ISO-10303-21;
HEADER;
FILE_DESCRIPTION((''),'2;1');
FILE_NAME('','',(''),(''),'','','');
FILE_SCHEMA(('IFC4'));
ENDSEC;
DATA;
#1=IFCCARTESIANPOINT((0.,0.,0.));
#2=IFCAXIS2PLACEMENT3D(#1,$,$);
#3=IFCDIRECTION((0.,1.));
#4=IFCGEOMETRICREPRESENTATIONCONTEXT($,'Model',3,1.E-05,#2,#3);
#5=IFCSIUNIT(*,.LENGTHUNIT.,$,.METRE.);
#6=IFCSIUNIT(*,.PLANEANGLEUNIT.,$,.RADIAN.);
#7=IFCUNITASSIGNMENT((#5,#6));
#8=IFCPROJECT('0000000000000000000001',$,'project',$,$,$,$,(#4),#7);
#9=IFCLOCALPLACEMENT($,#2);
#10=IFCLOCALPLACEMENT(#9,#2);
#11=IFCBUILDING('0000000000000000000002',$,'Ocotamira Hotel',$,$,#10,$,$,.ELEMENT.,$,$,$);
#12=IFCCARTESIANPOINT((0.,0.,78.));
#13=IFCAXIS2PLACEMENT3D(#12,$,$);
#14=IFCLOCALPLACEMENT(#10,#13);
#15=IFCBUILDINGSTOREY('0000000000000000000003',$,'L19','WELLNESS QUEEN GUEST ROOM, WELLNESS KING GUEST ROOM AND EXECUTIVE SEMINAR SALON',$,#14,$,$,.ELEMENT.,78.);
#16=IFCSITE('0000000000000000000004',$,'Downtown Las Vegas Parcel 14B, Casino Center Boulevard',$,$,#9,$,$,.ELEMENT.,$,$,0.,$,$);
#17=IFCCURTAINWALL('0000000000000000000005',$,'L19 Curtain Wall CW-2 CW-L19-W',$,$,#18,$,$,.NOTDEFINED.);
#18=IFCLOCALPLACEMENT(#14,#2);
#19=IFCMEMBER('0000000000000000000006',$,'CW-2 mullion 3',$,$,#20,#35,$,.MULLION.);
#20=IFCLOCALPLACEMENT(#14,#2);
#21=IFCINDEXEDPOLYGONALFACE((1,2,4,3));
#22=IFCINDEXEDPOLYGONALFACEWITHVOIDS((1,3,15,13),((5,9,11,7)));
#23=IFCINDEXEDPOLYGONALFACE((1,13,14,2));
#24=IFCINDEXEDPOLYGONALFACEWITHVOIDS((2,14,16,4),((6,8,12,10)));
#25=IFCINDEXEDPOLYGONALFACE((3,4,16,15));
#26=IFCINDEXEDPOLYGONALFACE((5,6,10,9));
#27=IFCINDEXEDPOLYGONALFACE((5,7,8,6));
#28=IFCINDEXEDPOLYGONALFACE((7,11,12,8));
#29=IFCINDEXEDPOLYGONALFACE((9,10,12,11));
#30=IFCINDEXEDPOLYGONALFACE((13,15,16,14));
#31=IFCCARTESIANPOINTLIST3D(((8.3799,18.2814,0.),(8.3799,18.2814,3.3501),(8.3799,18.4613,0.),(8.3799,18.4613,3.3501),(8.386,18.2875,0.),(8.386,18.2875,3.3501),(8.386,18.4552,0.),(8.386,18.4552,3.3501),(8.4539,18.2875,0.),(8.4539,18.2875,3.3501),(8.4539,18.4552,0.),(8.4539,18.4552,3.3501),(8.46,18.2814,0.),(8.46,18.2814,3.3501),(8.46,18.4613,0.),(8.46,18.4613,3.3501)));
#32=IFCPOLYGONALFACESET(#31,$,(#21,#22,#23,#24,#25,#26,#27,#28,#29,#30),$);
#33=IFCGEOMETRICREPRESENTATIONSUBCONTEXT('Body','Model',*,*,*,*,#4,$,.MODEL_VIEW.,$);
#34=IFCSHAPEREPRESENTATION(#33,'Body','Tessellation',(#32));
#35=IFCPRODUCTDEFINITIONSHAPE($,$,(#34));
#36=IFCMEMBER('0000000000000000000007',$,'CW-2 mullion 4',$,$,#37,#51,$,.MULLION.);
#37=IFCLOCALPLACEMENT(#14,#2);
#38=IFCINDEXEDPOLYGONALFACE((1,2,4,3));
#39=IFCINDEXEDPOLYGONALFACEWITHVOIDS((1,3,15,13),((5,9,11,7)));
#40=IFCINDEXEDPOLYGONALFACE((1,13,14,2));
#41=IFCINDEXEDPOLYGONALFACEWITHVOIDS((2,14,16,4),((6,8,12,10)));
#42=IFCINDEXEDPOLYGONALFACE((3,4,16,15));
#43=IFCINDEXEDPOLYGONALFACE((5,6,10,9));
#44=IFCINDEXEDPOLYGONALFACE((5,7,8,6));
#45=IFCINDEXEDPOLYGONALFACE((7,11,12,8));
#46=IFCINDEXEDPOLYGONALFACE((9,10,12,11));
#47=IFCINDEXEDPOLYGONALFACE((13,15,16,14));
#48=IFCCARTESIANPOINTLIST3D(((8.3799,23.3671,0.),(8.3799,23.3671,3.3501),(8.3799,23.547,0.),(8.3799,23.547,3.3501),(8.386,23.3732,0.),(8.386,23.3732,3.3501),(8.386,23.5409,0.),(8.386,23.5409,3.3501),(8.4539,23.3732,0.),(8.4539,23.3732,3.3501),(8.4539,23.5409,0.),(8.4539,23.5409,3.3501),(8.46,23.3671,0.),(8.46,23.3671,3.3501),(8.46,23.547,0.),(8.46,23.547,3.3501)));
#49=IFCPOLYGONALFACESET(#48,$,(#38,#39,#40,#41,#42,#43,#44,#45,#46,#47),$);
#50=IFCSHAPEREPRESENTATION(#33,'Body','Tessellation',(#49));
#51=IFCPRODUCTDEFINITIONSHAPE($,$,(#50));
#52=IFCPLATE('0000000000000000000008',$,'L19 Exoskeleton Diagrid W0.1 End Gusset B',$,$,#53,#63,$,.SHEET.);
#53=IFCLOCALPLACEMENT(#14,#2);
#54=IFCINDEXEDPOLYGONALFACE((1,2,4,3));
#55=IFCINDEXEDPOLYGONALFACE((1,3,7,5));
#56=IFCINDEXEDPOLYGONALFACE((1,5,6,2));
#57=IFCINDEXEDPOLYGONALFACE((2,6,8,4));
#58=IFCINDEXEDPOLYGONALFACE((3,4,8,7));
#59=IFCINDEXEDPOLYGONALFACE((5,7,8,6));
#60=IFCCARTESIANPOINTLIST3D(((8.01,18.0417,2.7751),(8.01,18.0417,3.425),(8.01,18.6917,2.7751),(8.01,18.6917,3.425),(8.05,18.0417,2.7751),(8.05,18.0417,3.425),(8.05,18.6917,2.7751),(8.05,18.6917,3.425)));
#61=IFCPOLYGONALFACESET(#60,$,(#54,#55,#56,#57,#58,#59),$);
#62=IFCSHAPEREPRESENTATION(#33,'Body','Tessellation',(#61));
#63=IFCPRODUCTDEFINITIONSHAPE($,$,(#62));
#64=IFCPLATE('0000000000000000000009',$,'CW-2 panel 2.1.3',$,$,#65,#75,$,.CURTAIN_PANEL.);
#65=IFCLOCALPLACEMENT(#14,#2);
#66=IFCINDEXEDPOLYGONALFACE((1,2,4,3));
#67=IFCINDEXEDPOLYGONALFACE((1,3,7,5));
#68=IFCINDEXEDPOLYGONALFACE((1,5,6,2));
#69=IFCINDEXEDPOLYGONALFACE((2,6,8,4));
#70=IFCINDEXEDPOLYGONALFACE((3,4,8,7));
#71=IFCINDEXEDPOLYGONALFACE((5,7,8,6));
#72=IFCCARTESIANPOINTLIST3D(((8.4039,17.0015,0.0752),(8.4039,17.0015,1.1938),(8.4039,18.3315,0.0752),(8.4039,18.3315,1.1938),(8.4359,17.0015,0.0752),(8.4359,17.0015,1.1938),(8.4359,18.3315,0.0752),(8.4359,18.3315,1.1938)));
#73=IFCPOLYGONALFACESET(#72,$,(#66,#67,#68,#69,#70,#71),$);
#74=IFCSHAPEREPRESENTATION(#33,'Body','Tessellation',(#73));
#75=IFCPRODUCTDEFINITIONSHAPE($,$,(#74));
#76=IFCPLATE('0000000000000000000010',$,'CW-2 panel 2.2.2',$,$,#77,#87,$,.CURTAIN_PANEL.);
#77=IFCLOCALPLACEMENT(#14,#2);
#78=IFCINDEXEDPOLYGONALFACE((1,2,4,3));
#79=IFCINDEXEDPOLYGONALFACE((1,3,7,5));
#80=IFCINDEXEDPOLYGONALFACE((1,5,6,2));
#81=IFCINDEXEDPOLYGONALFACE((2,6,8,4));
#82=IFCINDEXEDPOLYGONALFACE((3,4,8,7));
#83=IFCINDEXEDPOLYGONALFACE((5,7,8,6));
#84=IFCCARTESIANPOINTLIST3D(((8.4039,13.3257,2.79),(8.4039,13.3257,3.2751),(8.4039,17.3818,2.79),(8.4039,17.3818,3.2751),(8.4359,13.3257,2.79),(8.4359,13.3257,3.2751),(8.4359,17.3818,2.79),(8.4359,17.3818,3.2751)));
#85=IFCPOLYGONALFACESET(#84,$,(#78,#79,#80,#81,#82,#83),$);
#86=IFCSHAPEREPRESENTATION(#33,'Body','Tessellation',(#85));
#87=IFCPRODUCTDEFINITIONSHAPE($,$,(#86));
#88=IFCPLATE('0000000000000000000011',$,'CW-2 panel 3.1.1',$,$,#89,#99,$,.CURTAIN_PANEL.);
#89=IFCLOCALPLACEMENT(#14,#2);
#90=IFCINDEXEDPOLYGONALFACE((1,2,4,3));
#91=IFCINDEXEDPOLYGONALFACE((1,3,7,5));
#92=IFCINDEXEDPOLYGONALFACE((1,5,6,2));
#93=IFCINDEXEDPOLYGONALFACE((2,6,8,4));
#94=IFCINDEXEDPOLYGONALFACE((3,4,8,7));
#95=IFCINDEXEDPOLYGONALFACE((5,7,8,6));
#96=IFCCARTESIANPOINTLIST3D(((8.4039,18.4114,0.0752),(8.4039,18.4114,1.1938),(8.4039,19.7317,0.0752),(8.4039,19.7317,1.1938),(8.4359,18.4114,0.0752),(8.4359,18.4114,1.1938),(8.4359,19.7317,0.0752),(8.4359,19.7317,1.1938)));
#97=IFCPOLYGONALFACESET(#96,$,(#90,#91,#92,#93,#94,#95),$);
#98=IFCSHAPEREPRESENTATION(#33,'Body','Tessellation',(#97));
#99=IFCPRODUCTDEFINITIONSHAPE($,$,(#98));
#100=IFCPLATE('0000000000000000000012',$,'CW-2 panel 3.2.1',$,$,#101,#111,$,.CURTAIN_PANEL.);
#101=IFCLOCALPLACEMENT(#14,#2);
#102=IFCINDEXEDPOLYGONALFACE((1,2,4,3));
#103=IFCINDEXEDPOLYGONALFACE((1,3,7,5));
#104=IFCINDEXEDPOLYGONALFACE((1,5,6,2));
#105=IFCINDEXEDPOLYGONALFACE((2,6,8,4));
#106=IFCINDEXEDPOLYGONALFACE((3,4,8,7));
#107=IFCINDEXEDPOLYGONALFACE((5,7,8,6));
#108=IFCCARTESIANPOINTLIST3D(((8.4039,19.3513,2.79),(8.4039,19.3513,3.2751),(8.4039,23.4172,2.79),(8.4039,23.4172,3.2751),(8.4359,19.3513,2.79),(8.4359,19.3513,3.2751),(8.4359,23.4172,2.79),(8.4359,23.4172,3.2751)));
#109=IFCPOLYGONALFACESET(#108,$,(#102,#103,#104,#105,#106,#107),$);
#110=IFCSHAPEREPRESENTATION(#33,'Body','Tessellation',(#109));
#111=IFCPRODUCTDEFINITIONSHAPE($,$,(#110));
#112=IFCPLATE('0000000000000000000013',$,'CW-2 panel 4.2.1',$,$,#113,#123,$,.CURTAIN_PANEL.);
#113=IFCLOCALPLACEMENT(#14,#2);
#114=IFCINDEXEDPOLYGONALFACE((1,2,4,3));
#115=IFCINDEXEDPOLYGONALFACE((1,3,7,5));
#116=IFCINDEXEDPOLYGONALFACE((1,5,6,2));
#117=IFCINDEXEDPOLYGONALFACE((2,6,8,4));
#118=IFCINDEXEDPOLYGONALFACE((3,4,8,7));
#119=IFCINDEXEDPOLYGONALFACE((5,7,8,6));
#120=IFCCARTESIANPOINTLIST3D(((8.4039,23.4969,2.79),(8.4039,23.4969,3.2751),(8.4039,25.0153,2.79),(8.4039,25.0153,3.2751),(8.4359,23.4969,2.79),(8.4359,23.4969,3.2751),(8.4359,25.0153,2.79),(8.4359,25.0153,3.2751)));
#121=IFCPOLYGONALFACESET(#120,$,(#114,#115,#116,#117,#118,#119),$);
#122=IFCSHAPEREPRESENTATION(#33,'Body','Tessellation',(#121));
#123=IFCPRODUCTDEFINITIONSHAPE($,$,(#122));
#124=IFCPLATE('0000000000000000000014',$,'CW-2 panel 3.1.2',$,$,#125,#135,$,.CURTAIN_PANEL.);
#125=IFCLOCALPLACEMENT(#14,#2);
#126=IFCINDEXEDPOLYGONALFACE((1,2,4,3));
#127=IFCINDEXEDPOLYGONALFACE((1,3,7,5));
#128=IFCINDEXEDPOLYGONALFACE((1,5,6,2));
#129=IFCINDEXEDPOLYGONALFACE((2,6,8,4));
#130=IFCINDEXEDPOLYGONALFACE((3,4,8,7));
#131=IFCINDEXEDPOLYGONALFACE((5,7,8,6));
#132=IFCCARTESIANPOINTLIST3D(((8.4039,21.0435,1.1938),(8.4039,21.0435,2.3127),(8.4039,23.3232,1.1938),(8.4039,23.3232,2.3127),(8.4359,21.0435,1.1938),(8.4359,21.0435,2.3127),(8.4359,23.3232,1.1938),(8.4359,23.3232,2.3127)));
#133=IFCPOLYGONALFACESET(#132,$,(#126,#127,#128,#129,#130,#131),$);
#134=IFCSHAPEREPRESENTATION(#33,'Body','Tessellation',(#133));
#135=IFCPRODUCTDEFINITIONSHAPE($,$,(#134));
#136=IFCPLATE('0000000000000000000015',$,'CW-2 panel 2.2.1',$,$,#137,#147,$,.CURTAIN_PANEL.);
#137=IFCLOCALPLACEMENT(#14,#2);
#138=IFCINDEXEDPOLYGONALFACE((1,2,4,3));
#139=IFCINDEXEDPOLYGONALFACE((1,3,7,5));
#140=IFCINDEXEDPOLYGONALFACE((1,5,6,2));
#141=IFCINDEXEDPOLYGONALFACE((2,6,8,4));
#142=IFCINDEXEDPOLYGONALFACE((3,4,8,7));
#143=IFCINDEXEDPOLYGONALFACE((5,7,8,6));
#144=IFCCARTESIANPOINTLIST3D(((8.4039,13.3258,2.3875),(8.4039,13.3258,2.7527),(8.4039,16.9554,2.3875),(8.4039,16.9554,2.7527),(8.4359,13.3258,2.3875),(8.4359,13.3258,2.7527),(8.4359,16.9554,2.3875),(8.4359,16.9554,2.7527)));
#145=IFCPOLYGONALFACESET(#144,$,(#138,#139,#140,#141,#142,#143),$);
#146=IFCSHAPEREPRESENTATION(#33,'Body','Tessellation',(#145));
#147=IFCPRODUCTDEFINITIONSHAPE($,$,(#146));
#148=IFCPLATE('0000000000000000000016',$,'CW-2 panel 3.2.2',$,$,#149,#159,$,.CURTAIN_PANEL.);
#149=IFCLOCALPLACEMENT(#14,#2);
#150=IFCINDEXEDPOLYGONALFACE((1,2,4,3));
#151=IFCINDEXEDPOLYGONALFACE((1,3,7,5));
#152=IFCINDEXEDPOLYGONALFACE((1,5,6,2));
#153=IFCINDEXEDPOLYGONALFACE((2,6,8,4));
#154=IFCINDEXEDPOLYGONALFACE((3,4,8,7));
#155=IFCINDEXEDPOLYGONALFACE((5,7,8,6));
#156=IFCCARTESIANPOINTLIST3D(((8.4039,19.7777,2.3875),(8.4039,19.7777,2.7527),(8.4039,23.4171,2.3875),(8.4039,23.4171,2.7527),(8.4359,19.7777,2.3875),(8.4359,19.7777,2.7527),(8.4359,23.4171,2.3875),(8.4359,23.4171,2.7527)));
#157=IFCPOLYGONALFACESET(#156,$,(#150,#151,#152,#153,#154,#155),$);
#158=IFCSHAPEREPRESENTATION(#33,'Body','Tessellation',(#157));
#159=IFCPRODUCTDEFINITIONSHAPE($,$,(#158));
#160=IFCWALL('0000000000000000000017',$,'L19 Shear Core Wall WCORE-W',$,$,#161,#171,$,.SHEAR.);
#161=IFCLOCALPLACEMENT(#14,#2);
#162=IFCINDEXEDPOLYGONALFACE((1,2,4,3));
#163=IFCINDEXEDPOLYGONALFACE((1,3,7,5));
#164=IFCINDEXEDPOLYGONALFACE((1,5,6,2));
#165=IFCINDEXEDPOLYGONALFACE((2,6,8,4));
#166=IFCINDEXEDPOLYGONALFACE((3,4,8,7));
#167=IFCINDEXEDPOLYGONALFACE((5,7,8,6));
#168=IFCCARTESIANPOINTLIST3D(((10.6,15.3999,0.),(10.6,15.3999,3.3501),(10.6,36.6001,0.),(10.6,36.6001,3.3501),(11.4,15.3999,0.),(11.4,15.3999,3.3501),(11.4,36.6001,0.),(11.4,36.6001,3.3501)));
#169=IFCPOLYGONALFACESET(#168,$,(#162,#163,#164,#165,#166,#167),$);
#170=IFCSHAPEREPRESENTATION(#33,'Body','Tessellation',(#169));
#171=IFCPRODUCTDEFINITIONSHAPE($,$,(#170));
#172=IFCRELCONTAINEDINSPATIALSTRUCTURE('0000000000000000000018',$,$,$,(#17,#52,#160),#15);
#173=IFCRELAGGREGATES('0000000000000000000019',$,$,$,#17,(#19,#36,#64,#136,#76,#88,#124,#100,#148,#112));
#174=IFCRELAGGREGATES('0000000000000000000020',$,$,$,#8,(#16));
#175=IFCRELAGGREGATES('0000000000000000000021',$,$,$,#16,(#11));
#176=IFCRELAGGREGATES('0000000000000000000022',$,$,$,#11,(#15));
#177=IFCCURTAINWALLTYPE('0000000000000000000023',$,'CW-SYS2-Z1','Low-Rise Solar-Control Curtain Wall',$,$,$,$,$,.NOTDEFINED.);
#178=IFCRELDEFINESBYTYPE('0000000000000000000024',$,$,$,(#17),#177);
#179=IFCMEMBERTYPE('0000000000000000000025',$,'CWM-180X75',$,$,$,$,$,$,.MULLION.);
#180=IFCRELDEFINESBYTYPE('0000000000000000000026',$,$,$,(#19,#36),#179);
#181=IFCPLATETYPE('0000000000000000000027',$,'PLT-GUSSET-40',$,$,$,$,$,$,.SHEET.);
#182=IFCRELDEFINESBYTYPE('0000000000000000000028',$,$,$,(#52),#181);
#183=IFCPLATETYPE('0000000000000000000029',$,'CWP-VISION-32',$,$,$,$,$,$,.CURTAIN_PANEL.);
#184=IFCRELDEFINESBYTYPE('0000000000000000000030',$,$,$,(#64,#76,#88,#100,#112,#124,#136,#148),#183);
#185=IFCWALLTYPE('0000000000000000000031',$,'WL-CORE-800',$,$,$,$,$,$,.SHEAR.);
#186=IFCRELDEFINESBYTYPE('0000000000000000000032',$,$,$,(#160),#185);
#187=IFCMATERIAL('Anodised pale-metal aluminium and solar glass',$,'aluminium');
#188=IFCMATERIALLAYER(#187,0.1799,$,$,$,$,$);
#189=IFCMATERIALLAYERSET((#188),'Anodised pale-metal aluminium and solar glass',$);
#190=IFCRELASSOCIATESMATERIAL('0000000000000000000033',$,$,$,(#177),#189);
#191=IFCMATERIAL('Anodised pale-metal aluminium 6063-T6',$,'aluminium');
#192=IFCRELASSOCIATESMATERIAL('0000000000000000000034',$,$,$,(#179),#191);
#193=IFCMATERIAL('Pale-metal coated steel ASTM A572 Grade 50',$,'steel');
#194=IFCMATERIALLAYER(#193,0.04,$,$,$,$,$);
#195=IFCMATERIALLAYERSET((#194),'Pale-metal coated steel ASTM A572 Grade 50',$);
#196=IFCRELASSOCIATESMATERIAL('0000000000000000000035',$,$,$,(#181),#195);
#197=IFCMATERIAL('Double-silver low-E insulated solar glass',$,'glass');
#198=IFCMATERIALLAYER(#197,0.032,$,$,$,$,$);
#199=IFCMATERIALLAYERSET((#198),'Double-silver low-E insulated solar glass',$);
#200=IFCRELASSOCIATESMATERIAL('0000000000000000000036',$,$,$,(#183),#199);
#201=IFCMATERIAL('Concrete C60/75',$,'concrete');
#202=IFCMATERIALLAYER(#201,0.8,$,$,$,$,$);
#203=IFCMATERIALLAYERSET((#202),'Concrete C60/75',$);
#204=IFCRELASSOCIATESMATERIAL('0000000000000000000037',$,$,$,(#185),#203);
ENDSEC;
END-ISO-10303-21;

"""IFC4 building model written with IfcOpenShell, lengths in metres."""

from ifc_helpers import new_model, si_unit, direction, frame, frame_2d, origin, origin_2d, place, context, subcontext, project, spatial, rectangle, hollow_rectangle, extrude, source, transform, mapped, material, layer, layer_set, material_profile, profile_set, type_object, element, aggregate, save


model = new_model("IFC4")

# Units and contexts
model_context = context("Model", 3, precision=1e-05, world=origin(), true_north=direction((0.0, 1.0)))
body_context = subcontext(model_context, "Body", "Model", "MODEL_VIEW")
ifc_project = project(units=[si_unit("LENGTHUNIT", "METRE"), si_unit("PLANEANGLEUNIT", "RADIAN")], contexts=[model_context])

# Site, building, storey
site_placement = place(None, origin())
site = spatial("IfcSite", under=ifc_project, at=site_placement, Name="Downtown Las Vegas Parcel 14B, Casino Center Boulevard", CompositionType="ELEMENT", RefElevation=0.0)
building_placement = place(site_placement, origin())
building = spatial("IfcBuilding", under=site, at=building_placement, Name="Ocotamira Hotel", CompositionType="ELEMENT")
storey_placement = place(building_placement, frame((0.0, 0.0, 78.0)))
storey = spatial("IfcBuildingStorey", under=building, at=storey_placement, Name="L19", Description="WELLNESS QUEEN GUEST ROOM, WELLNESS KING GUEST ROOM AND EXECUTIVE SEMINAR SALON", CompositionType="ELEMENT", Elevation=78.0)

# Shared definitions
ifc_material_1 = material(Name="Concrete C60/75", Category="concrete")

# Curtain wall, members
ifc_material_2 = material(Name="Anodised pale-metal aluminium and solar glass", Category="aluminium")
ifc_layer_1 = layer(ifc_material_2, 0.1799)
ifc_layer_set_1 = layer_set([ifc_layer_1], Name="Anodised pale-metal aluminium and solar glass")
curtain_wall_type = type_object("IfcCurtainWallType", Name="CW-SYS2-Z1", Description="Low-Rise Solar-Control Curtain Wall", PredefinedType="NOTDEFINED", material=ifc_layer_set_1)
curtain_wall_placement = place(storey_placement, origin())
curtain_wall = element("IfcCurtainWall", 1, at=curtain_wall_placement, inside=storey, type_object=curtain_wall_type, Name="L19 Curtain Wall CW-2 CW-L19-W", PredefinedType="NOTDEFINED")
ifc_material_3 = material(Name="Anodised pale-metal aluminium 6063-T6", Category="aluminium")
ifc_material_profile_1 = material_profile(ifc_material_3, hollow_rectangle(XDim=0.0801, YDim=0.1799, WallThickness=0.0061, at=origin_2d()), Name="HSS180X80X6")
ifc_profile_set_1 = profile_set([ifc_material_profile_1], Name="Anodised pale-metal aluminium 6063-T6")
member_type_1 = type_object("IfcMemberType", Name="CWM-180X75", PredefinedType="MULLION", material=ifc_profile_set_1)
shared_shape_1 = source(origin(), body_context, "Body", "SweptSolid", [
    extrude(hollow_rectangle(XDim=0.0801, YDim=0.1799, WallThickness=0.0061, at=origin_2d()), origin(), (0.0, 0.0, 1.0), 3.3501),
])
member_1_placement = place(storey_placement, frame((8.4199, 18.3713, 0.0), z_axis=(0.0, 0.0, 1.0), x_axis=(-1.0, 0.0, 0.0)))
member_1 = element("IfcMember", 2, at=member_1_placement, type_object=member_type_1, Name="CW-2 mullion 3", PredefinedType="MULLION", context=body_context, shape_type="MappedRepresentation", body=[
    mapped(shared_shape_1, transform((0.0, 0.0, 0.0), scale=1.0)),
])
member_2_placement = place(storey_placement, frame((8.4199, 23.457, 0.0), z_axis=(0.0, 0.0, 1.0), x_axis=(-1.0, 0.0, 0.0)))
member_2 = element("IfcMember", 3, at=member_2_placement, type_object=member_type_1, Name="CW-2 mullion 4", PredefinedType="MULLION", context=body_context, shape_type="MappedRepresentation", body=[
    mapped(shared_shape_1, transform((0.0, 0.0, 0.0), scale=1.0)),
])

# Plates
ifc_material_4 = material(Name="Pale-metal coated steel ASTM A572 Grade 50", Category="steel")
ifc_layer_2 = layer(ifc_material_4, 0.04)
ifc_layer_set_2 = layer_set([ifc_layer_2], Name="Pale-metal coated steel ASTM A572 Grade 50")
plate_type_1 = type_object("IfcPlateType", Name="PLT-GUSSET-40", PredefinedType="SHEET", material=ifc_layer_set_2)
shared_shape_2 = source(origin(), body_context, "Body", "SweptSolid", [
    extrude(rectangle(XDim=0.04, YDim=0.6499, at=origin_2d()), origin(), (0.0, 0.0, 1.0), 0.6499),
])
plate_1_placement = place(storey_placement, frame((8.03, 18.3667, 2.7751), z_axis=(0.0, 0.0, 1.0), x_axis=(1.0, 0.0, 0.0)))
element("IfcPlate", 4, at=plate_1_placement, inside=storey, type_object=plate_type_1, Name="L19 Exoskeleton Diagrid W0.1 End Gusset B", PredefinedType="SHEET", context=body_context, shape_type="MappedRepresentation", body=[
    mapped(shared_shape_2, transform((0.0, 0.0, 0.0), scale=1.0)),
])
ifc_material_5 = material(Name="Double-silver low-E insulated solar glass", Category="glass")
ifc_layer_3 = layer(ifc_material_5, 0.032)
ifc_layer_set_3 = layer_set([ifc_layer_3], Name="Double-silver low-E insulated solar glass")
plate_type_2 = type_object("IfcPlateType", Name="CWP-VISION-32", PredefinedType="CURTAIN_PANEL", material=ifc_layer_set_3)
shared_shape_3 = source(origin(), body_context, "Body", "SweptSolid", [
    extrude(rectangle(XDim=1.3301, YDim=0.032, at=origin_2d()), origin(), (0.0, 0.0, 1.0), 1.1187),
])
plate_2_placement = place(storey_placement, frame((8.4199, 17.6665, 0.0752), z_axis=(0.0, 0.0, 1.0), x_axis=(0.0, 1.0, 0.0)))
plate_2 = element("IfcPlate", 5, at=plate_2_placement, type_object=plate_type_2, Name="CW-2 panel 2.1.3", PredefinedType="CURTAIN_PANEL", context=body_context, shape_type="MappedRepresentation", body=[
    mapped(shared_shape_3, transform((0.0, 0.0, 0.0), scale=1.0)),
])
shared_shape_4 = source(origin(), body_context, "Body", "SweptSolid", [
    extrude(rectangle(XDim=4.0562, YDim=0.032, at=origin_2d()), origin(), (0.0, 0.0, 1.0), 0.4851),
])
plate_3_placement = place(storey_placement, frame((8.4199, 15.3538, 2.79), z_axis=(0.0, 0.0, 1.0), x_axis=(0.0, 1.0, 0.0)))
plate_3 = element("IfcPlate", 6, at=plate_3_placement, type_object=plate_type_2, Name="CW-2 panel 2.2.2", PredefinedType="CURTAIN_PANEL", context=body_context, shape_type="MappedRepresentation", body=[
    mapped(shared_shape_4, transform((0.0, 0.0, 0.0), scale=1.0)),
])
shared_shape_5 = source(origin(), body_context, "Body", "SweptSolid", [
    extrude(rectangle(XDim=1.3203, YDim=0.032, at=origin_2d()), origin(), (0.0, 0.0, 1.0), 1.1187),
])
plate_4_placement = place(storey_placement, frame((8.4199, 19.0715, 0.0752), z_axis=(0.0, 0.0, 1.0), x_axis=(0.0, 1.0, 0.0)))
plate_4 = element("IfcPlate", 7, at=plate_4_placement, type_object=plate_type_2, Name="CW-2 panel 3.1.1", PredefinedType="CURTAIN_PANEL", context=body_context, shape_type="MappedRepresentation", body=[
    mapped(shared_shape_5, transform((0.0, 0.0, 0.0), scale=1.0)),
])
shared_shape_6 = source(origin(), body_context, "Body", "SweptSolid", [
    extrude(rectangle(XDim=4.0659, YDim=0.032, at=origin_2d()), origin(), (0.0, 0.0, 1.0), 0.4851),
])
plate_5_placement = place(storey_placement, frame((8.4199, 21.3843, 2.79), z_axis=(0.0, 0.0, 1.0), x_axis=(0.0, 1.0, 0.0)))
plate_5 = element("IfcPlate", 8, at=plate_5_placement, type_object=plate_type_2, Name="CW-2 panel 3.2.1", PredefinedType="CURTAIN_PANEL", context=body_context, shape_type="MappedRepresentation", body=[
    mapped(shared_shape_6, transform((0.0, 0.0, 0.0), scale=1.0)),
])
shared_shape_7 = source(origin(), body_context, "Body", "SweptSolid", [
    extrude(rectangle(XDim=1.5183, YDim=0.032, at=origin_2d()), origin(), (0.0, 0.0, 1.0), 0.4851),
])
plate_6_placement = place(storey_placement, frame((8.4199, 24.2561, 2.79), z_axis=(0.0, 0.0, 1.0), x_axis=(0.0, 1.0, 0.0)))
plate_6 = element("IfcPlate", 9, at=plate_6_placement, type_object=plate_type_2, Name="CW-2 panel 4.2.1", PredefinedType="CURTAIN_PANEL", context=body_context, shape_type="MappedRepresentation", body=[
    mapped(shared_shape_7, transform((0.0, 0.0, 0.0), scale=1.0)),
])
shared_shape_8 = source(origin(), body_context, "Body", "SweptSolid", [
    extrude(rectangle(XDim=2.2798, YDim=0.032, at=origin_2d()), origin(), (0.0, 0.0, 1.0), 1.1189),
])
plate_7_placement = place(storey_placement, frame((8.4199, 22.1833, 1.1938), z_axis=(0.0, 0.0, 1.0), x_axis=(0.0, 1.0, 0.0)))
plate_7 = element("IfcPlate", 10, at=plate_7_placement, type_object=plate_type_2, Name="CW-2 panel 3.1.2", PredefinedType="CURTAIN_PANEL", context=body_context, shape_type="MappedRepresentation", body=[
    mapped(shared_shape_8, transform((0.0, 0.0, 0.0), scale=1.0)),
])
shared_shape_9 = source(origin(), body_context, "Body", "SweptSolid", [
    extrude(rectangle(XDim=3.6296, YDim=0.032, at=origin_2d()), origin(), (0.0, 0.0, 1.0), 0.3652),
])
plate_8_placement = place(storey_placement, frame((8.4199, 15.1406, 2.3875), z_axis=(0.0, 0.0, 1.0), x_axis=(0.0, 1.0, 0.0)))
plate_8 = element("IfcPlate", 11, at=plate_8_placement, type_object=plate_type_2, Name="CW-2 panel 2.2.1", PredefinedType="CURTAIN_PANEL", context=body_context, shape_type="MappedRepresentation", body=[
    mapped(shared_shape_9, transform((0.0, 0.0, 0.0), scale=1.0)),
])
shared_shape_10 = source(origin(), body_context, "Body", "SweptSolid", [
    extrude(rectangle(XDim=3.6394, YDim=0.032, at=origin_2d()), origin(), (0.0, 0.0, 1.0), 0.3652),
])
plate_9_placement = place(storey_placement, frame((8.4199, 21.5974, 2.3875), z_axis=(0.0, 0.0, 1.0), x_axis=(0.0, 1.0, 0.0)))
plate_9 = element("IfcPlate", 12, at=plate_9_placement, type_object=plate_type_2, Name="CW-2 panel 3.2.2", PredefinedType="CURTAIN_PANEL", context=body_context, shape_type="MappedRepresentation", body=[
    mapped(shared_shape_10, transform((0.0, 0.0, 0.0), scale=1.0)),
])
aggregate(curtain_wall, [member_1, member_2, plate_2, plate_8, plate_3, plate_4, plate_7, plate_5, plate_9, plate_6])

# Shared definitions
ifc_layer_4 = layer(ifc_material_1, 0.8)
ifc_layer_set_4 = layer_set([ifc_layer_4], Name="Concrete C60/75")
wall_type_1 = type_object("IfcWallType", Name="WL-CORE-800", PredefinedType="SHEAR", material=ifc_layer_set_4)

# Wall
wall_1_placement = place(storey_placement, frame((11.0, 15.3999, 0.0), z_axis=(0.0, 0.0, 1.0), x_axis=(0.0, 1.0, 0.0)))
element("IfcWall", 13, at=wall_1_placement, inside=storey, type_object=wall_type_1, Name="L19 Shear Core Wall WCORE-W", PredefinedType="SHEAR", context=body_context, shape_type="SweptSolid", body=[
    extrude(rectangle(XDim=21.2002, YDim=0.8, at=frame_2d((10.6001, 0.0))), origin(), (0.0, 0.0, 1.0), 3.3501),
])

save(model, "model.ifc")
